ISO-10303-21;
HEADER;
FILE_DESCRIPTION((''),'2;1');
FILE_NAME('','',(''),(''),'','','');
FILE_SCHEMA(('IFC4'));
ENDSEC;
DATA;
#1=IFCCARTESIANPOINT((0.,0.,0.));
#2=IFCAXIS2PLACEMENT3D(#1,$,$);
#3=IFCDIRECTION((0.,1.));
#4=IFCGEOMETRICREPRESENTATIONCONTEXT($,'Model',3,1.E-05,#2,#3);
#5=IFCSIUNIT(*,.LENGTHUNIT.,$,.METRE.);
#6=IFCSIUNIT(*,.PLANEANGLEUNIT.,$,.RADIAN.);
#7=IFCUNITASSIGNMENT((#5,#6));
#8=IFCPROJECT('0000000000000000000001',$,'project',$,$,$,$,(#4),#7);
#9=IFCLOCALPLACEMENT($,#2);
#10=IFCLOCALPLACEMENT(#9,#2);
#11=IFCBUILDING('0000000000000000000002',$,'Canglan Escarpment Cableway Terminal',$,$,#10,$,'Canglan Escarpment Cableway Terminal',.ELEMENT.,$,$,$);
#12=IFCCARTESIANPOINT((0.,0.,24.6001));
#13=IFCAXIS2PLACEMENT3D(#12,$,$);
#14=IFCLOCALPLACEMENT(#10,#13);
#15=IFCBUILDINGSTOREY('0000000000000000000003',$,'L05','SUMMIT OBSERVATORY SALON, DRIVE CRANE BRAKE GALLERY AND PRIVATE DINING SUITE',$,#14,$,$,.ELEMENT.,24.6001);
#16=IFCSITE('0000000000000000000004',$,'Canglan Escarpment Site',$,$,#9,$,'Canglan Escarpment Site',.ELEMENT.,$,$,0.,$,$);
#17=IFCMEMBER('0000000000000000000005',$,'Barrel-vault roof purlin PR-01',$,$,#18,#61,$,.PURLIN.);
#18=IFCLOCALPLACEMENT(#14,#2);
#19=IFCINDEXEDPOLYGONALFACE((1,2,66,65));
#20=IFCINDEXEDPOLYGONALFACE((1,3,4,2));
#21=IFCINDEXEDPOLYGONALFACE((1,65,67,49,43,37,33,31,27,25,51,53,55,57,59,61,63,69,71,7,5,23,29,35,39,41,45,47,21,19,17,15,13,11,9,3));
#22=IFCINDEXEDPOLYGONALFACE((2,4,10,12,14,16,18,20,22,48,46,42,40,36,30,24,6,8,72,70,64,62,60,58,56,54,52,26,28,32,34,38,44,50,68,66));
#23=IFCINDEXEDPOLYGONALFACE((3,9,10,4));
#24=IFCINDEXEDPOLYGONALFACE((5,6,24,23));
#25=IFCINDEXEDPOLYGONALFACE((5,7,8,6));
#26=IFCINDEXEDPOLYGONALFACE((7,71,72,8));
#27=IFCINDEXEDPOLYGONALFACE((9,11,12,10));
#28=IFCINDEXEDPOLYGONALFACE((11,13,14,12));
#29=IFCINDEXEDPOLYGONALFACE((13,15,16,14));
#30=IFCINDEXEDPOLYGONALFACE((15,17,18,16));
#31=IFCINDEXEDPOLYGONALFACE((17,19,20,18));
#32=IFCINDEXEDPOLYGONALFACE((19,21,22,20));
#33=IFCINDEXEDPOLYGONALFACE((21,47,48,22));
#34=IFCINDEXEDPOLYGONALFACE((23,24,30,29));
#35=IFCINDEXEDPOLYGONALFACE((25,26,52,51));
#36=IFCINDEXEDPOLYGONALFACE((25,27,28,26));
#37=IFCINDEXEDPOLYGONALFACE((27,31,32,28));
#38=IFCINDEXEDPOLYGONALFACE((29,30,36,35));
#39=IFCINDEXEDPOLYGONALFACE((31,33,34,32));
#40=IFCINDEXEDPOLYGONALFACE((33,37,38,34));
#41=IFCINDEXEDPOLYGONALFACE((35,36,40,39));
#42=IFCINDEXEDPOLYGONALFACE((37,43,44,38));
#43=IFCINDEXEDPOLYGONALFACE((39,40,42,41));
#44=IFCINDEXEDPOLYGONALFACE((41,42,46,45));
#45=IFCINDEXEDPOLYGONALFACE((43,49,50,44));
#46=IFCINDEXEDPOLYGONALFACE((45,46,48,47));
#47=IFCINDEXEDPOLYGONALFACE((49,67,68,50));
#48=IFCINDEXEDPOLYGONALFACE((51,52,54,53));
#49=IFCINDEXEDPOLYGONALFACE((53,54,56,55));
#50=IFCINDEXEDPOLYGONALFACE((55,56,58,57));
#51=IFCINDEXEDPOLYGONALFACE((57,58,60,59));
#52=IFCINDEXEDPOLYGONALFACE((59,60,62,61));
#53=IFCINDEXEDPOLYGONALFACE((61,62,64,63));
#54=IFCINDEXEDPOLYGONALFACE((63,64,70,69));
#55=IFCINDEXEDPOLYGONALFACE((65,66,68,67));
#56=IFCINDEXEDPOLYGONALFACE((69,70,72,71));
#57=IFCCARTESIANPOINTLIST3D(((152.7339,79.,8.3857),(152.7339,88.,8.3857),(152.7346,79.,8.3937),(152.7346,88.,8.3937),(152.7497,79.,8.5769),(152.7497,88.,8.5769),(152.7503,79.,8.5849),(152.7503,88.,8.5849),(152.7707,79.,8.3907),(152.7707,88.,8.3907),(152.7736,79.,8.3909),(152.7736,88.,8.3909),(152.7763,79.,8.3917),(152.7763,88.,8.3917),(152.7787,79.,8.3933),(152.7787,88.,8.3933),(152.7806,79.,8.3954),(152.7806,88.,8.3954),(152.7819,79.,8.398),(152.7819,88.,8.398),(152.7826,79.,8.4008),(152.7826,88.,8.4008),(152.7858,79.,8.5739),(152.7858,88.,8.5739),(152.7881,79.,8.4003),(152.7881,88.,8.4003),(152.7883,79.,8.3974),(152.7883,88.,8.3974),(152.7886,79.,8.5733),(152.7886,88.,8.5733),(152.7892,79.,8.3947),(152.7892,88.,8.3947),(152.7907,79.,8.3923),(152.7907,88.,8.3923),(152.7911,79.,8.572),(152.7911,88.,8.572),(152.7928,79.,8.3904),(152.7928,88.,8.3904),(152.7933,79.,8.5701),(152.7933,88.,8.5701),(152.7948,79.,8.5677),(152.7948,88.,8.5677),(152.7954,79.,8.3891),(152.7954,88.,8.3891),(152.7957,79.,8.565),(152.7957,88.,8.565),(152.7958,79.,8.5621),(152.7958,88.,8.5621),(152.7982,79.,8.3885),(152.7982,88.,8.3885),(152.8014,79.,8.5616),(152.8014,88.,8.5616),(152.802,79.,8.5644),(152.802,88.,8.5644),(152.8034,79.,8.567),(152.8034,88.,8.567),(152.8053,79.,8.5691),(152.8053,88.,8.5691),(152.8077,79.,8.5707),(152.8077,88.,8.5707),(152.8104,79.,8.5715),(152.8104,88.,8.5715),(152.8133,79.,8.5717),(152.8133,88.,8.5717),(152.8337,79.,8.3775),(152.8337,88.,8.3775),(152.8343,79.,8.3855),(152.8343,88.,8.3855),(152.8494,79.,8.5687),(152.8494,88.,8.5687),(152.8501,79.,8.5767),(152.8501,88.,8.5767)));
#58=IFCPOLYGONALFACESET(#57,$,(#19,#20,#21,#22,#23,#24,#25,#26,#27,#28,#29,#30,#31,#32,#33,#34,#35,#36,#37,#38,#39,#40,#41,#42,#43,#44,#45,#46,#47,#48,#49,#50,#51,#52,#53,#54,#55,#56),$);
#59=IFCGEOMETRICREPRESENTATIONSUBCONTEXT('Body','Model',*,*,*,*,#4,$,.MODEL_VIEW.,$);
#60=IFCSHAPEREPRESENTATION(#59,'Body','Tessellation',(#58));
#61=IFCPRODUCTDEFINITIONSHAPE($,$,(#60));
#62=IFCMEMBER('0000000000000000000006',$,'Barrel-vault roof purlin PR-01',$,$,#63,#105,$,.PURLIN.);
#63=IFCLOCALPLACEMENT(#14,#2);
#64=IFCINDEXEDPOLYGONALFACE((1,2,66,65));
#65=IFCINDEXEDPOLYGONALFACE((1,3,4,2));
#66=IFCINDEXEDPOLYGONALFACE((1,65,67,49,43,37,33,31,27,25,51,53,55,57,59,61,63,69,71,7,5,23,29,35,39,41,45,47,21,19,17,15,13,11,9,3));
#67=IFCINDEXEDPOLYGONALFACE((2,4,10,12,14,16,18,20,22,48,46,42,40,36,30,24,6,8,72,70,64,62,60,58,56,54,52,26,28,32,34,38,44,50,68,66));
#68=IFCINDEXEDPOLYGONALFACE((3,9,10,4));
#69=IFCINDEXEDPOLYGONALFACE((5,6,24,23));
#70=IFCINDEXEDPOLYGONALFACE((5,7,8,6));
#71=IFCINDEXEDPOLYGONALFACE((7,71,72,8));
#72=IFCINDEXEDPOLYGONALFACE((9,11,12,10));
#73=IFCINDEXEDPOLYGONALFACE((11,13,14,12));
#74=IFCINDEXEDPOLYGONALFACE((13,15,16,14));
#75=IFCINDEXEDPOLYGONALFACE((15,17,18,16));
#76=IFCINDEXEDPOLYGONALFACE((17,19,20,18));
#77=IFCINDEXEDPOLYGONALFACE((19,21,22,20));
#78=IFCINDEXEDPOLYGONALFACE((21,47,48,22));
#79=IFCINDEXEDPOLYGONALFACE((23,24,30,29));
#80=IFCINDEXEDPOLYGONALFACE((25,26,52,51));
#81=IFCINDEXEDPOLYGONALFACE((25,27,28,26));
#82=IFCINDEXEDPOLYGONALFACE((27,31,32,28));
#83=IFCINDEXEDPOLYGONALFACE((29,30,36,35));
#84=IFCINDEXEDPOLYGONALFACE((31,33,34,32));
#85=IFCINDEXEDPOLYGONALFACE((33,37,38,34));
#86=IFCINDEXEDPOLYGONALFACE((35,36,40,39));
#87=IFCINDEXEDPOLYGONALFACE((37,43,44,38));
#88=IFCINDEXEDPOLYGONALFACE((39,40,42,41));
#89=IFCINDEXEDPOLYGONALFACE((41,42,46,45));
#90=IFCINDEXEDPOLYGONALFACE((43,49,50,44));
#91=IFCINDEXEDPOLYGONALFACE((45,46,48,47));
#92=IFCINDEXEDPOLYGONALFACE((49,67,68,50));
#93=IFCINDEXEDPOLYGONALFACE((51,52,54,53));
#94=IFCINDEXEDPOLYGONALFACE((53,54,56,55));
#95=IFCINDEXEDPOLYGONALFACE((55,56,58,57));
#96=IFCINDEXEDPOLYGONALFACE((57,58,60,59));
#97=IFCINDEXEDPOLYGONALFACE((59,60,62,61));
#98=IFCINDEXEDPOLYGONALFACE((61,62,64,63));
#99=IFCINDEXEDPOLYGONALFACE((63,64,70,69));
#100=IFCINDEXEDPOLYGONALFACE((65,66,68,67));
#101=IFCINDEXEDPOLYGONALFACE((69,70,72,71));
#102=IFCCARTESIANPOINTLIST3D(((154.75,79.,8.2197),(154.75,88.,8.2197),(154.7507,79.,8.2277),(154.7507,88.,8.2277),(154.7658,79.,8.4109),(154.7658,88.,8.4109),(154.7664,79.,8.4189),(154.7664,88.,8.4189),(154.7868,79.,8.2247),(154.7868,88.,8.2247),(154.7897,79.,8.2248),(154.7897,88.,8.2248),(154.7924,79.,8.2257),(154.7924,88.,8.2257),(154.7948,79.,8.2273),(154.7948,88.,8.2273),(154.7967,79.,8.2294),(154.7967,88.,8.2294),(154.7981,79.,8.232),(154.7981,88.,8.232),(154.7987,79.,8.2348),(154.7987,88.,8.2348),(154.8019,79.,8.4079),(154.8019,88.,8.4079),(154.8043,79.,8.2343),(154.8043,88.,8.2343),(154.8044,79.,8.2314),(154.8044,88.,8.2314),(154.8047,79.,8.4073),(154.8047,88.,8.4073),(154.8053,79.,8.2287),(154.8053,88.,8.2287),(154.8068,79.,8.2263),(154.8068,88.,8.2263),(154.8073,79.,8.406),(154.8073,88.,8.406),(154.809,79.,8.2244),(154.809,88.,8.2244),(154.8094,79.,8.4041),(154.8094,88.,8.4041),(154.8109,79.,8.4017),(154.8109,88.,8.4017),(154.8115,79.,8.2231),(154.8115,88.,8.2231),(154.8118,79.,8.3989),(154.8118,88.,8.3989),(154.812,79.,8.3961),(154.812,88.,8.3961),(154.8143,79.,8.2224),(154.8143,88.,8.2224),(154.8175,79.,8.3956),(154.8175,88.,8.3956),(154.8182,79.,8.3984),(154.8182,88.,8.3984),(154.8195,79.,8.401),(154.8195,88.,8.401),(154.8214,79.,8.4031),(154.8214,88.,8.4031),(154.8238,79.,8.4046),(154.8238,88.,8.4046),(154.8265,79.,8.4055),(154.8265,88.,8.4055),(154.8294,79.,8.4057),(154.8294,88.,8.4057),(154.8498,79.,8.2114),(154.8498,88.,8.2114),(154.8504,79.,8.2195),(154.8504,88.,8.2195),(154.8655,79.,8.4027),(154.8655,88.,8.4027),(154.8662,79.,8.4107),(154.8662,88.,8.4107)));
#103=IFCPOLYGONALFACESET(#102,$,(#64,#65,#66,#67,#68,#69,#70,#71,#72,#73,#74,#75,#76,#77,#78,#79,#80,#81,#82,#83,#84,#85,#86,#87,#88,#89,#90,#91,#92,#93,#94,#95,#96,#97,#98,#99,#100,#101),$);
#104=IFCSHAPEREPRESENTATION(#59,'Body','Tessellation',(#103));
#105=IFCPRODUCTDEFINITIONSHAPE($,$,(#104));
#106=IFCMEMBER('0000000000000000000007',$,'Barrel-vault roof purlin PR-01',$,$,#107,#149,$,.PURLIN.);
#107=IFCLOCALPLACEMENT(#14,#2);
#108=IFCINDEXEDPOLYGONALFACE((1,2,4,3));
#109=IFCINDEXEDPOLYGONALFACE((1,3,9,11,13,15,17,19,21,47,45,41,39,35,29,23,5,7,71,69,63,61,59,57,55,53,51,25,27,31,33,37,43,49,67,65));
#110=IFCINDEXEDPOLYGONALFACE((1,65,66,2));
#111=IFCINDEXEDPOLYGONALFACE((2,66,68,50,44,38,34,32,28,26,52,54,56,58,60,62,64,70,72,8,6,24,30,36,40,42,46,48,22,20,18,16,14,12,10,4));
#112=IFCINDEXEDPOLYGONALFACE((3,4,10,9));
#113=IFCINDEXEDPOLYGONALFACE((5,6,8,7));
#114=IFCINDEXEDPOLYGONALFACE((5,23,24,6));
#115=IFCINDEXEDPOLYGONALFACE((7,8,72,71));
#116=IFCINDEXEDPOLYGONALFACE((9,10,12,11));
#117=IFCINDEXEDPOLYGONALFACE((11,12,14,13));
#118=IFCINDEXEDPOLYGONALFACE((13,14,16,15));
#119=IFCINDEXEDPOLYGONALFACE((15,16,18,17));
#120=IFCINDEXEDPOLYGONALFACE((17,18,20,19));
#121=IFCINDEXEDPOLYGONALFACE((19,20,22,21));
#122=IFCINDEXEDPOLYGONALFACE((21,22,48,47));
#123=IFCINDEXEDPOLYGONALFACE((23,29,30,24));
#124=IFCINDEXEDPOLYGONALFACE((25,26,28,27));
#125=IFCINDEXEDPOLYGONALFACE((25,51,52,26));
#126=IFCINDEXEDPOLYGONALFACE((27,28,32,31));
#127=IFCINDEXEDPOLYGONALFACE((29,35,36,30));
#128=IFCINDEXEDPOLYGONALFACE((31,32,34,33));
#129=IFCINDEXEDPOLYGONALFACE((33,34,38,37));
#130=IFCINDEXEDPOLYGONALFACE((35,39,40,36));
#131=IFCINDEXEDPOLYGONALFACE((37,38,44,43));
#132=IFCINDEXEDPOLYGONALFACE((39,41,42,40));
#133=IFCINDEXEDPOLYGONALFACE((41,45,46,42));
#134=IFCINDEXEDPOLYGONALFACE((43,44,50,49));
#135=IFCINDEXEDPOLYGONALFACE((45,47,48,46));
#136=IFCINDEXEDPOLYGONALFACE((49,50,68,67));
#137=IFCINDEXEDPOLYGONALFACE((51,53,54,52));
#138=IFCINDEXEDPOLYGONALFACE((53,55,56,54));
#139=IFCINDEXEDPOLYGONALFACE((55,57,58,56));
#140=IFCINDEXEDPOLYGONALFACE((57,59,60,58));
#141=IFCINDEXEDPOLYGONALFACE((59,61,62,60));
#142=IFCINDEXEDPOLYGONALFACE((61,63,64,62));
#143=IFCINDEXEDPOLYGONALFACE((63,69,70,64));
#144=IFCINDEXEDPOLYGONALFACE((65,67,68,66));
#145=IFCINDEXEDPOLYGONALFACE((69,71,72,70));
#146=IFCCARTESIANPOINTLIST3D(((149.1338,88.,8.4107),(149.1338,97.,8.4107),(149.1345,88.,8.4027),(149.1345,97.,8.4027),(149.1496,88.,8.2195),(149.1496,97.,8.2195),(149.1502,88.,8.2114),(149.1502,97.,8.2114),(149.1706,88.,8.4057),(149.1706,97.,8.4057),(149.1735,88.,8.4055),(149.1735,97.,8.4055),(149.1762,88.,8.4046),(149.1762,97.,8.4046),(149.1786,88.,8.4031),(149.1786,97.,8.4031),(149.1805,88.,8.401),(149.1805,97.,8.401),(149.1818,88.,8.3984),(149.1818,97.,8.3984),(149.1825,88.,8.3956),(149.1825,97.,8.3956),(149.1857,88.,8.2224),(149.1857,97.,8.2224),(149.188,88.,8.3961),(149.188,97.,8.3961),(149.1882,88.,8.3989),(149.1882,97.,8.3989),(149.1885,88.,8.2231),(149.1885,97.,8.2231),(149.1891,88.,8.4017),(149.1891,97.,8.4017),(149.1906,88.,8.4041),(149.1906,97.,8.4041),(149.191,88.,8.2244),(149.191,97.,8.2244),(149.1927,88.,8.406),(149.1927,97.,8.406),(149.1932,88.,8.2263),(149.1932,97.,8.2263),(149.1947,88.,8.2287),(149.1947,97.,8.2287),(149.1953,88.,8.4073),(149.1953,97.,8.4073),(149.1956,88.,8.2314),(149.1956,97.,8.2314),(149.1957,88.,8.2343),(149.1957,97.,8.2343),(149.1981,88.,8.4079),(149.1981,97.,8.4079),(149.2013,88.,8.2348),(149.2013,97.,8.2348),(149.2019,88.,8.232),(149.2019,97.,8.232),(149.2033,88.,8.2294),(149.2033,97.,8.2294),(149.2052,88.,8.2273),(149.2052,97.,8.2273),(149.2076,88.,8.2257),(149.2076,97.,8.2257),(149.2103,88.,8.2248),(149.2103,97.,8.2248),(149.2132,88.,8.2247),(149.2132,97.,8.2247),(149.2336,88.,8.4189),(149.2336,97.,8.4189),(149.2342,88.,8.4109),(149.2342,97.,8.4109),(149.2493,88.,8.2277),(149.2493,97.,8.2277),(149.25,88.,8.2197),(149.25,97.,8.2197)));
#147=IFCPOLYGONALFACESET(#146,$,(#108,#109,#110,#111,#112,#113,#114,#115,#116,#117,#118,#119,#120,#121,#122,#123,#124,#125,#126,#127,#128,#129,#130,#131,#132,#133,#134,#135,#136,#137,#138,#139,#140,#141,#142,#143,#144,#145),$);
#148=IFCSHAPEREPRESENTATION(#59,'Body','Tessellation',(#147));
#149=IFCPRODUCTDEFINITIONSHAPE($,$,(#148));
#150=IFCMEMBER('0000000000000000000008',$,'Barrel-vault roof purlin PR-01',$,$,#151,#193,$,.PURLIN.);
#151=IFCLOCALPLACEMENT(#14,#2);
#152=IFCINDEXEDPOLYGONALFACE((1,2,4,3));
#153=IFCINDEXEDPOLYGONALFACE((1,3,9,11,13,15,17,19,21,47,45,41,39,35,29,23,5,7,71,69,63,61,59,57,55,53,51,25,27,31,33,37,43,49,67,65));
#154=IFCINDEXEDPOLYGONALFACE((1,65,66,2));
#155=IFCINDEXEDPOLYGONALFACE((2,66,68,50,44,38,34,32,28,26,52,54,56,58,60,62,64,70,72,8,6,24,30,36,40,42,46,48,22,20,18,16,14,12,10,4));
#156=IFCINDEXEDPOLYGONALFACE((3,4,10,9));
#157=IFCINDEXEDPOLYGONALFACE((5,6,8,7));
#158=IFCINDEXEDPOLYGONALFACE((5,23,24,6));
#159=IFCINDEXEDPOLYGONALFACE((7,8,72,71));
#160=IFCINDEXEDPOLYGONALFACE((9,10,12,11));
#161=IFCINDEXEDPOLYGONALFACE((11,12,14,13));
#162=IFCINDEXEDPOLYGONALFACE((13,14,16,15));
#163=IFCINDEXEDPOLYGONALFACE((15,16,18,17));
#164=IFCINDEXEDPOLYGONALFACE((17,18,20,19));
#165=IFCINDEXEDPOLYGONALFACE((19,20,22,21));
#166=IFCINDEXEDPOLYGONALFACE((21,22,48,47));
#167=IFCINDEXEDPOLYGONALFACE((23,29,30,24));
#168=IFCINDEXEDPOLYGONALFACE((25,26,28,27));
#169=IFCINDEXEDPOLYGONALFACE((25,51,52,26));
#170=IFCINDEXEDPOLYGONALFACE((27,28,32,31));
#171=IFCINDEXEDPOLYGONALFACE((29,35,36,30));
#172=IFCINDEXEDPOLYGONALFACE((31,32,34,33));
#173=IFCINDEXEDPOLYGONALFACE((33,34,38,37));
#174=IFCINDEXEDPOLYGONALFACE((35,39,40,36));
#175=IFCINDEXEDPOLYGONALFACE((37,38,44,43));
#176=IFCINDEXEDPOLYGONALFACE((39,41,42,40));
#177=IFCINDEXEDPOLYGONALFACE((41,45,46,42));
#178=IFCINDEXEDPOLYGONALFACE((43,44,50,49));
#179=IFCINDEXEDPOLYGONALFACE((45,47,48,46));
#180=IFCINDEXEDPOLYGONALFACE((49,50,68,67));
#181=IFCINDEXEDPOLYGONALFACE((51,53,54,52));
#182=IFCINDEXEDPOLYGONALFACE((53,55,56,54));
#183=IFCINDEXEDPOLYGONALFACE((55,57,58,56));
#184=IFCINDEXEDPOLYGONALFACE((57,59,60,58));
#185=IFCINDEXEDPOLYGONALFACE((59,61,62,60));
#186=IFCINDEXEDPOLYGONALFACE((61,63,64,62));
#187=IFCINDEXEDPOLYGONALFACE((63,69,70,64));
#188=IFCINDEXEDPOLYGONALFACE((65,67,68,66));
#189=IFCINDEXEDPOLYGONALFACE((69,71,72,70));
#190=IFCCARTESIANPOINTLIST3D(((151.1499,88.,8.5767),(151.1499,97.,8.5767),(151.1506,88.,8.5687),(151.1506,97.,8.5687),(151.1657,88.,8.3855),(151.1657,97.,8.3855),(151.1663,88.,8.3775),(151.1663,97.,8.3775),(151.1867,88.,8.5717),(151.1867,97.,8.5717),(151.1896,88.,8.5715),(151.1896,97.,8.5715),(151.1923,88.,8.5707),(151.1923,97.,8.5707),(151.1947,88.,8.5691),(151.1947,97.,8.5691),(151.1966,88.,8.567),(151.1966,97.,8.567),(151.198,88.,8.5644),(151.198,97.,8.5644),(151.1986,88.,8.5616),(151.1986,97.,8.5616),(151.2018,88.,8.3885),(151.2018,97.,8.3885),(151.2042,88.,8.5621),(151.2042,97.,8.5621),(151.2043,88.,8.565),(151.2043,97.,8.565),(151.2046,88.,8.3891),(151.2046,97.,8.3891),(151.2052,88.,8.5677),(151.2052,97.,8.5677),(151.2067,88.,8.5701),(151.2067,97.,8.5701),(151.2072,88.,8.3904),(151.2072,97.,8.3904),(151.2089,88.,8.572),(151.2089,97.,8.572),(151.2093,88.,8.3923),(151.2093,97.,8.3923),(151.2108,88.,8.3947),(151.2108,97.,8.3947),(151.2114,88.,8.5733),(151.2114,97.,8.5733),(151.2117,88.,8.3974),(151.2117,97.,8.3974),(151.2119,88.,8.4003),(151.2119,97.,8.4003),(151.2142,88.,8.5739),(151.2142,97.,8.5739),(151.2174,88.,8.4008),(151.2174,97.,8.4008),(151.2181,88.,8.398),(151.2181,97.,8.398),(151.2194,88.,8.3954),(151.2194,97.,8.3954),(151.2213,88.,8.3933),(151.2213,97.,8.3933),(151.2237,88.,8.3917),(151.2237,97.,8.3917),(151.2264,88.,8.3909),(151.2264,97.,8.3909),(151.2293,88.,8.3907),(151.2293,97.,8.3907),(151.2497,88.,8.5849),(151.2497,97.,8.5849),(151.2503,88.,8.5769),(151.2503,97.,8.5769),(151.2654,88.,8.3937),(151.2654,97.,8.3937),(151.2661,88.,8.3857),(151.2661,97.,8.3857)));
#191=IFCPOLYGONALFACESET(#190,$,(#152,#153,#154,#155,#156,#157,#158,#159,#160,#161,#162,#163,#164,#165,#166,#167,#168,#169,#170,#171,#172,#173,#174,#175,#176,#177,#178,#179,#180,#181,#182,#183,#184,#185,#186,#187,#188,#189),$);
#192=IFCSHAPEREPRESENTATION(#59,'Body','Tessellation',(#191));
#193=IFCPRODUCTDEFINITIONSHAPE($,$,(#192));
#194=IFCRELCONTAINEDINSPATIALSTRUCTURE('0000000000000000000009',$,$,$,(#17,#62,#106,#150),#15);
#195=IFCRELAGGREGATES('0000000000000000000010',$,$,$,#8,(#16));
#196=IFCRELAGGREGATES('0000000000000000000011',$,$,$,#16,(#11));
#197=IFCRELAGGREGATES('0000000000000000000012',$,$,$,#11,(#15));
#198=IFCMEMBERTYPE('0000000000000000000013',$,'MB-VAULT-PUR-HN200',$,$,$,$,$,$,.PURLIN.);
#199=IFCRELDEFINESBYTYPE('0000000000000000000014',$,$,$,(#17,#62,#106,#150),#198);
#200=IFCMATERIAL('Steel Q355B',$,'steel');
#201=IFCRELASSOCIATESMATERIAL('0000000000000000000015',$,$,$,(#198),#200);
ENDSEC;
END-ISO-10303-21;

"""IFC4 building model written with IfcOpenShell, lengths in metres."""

from ifc_helpers import new_model, si_unit, direction, frame, origin, origin_2d, place, context, subcontext, project, spatial, i_section, extrude, material, material_profile, profile_set, type_object, element, save


model = new_model("IFC4")

# Units and contexts
model_context = context("Model", 3, precision=1e-05, world=origin(), true_north=direction((0.0, 1.0)))
body_context = subcontext(model_context, "Body", "Model", "MODEL_VIEW")
ifc_project = project(units=[si_unit("LENGTHUNIT", "METRE"), si_unit("PLANEANGLEUNIT", "RADIAN")], contexts=[model_context])

# Site, building, storey
site_placement = place(None, origin())
site = spatial("IfcSite", under=ifc_project, at=site_placement, Name="Canglan Escarpment Site", LongName="Canglan Escarpment Site", CompositionType="ELEMENT", RefElevation=0.0)
building_placement = place(site_placement, origin())
building = spatial("IfcBuilding", under=site, at=building_placement, Name="Canglan Escarpment Cableway Terminal", LongName="Canglan Escarpment Cableway Terminal", CompositionType="ELEMENT")
storey_placement = place(building_placement, frame((0.0, 0.0, 24.6001)))
storey = spatial("IfcBuildingStorey", under=building, at=storey_placement, Name="L05", Description="SUMMIT OBSERVATORY SALON, DRIVE CRANE BRAKE GALLERY AND PRIVATE DINING SUITE", CompositionType="ELEMENT", Elevation=24.6001)

# Shared definitions
ifc_material = material(Name="Steel Q355B", Category="steel")

# Members
ifc_material_profile_1 = material_profile(ifc_material, i_section(OverallWidth=0.1001, OverallDepth=0.2, WebThickness=0.0056, FlangeThickness=0.0081, FilletRadius=0.011, at=origin_2d()), Name="HN 200x100x5.5x8")
ifc_profile_set_1 = profile_set([ifc_material_profile_1], Name="Steel Q355B")
member_type_1 = type_object("IfcMemberType", Name="MB-VAULT-PUR-HN200", PredefinedType="PURLIN", material=ifc_profile_set_1)
for number, where, z_axis, x_axis, name in (
    (1, (152.792, 79.0, 8.4812), (0.0, 1.0, 0.0), (-0.996626, 0.0, 0.082078), "Barrel-vault roof purlin PR-01"),
    (2, (154.8081, 79.0, 8.3152), (0.0, 1.0, 0.0), (-0.996626, 0.0, 0.082078), "Barrel-vault roof purlin PR-01"),
    (3, (149.1919, 88.0, 8.3152), (0.0, 1.0, 0.0), (-0.996626, 0.0, -0.082078), "Barrel-vault roof purlin PR-01"),
    (4, (151.208, 88.0, 8.4812), (0.0, 1.0, 0.0), (-0.996626, 0.0, -0.082078), "Barrel-vault roof purlin PR-01"),
):
    element("IfcMember", number, at=place(storey_placement, frame(where, z_axis=z_axis, x_axis=x_axis)), inside=storey, type_object=member_type_1, Name=name, PredefinedType="PURLIN", context=body_context, shape_type="SweptSolid", body=[
        extrude(i_section(OverallWidth=0.1001, OverallDepth=0.2, WebThickness=0.0056, FlangeThickness=0.0081, FilletRadius=0.011, at=origin_2d()), origin(), (0.0, 0.0, 1.0), 9.0),
    ])

save(model, "model.ifc")
